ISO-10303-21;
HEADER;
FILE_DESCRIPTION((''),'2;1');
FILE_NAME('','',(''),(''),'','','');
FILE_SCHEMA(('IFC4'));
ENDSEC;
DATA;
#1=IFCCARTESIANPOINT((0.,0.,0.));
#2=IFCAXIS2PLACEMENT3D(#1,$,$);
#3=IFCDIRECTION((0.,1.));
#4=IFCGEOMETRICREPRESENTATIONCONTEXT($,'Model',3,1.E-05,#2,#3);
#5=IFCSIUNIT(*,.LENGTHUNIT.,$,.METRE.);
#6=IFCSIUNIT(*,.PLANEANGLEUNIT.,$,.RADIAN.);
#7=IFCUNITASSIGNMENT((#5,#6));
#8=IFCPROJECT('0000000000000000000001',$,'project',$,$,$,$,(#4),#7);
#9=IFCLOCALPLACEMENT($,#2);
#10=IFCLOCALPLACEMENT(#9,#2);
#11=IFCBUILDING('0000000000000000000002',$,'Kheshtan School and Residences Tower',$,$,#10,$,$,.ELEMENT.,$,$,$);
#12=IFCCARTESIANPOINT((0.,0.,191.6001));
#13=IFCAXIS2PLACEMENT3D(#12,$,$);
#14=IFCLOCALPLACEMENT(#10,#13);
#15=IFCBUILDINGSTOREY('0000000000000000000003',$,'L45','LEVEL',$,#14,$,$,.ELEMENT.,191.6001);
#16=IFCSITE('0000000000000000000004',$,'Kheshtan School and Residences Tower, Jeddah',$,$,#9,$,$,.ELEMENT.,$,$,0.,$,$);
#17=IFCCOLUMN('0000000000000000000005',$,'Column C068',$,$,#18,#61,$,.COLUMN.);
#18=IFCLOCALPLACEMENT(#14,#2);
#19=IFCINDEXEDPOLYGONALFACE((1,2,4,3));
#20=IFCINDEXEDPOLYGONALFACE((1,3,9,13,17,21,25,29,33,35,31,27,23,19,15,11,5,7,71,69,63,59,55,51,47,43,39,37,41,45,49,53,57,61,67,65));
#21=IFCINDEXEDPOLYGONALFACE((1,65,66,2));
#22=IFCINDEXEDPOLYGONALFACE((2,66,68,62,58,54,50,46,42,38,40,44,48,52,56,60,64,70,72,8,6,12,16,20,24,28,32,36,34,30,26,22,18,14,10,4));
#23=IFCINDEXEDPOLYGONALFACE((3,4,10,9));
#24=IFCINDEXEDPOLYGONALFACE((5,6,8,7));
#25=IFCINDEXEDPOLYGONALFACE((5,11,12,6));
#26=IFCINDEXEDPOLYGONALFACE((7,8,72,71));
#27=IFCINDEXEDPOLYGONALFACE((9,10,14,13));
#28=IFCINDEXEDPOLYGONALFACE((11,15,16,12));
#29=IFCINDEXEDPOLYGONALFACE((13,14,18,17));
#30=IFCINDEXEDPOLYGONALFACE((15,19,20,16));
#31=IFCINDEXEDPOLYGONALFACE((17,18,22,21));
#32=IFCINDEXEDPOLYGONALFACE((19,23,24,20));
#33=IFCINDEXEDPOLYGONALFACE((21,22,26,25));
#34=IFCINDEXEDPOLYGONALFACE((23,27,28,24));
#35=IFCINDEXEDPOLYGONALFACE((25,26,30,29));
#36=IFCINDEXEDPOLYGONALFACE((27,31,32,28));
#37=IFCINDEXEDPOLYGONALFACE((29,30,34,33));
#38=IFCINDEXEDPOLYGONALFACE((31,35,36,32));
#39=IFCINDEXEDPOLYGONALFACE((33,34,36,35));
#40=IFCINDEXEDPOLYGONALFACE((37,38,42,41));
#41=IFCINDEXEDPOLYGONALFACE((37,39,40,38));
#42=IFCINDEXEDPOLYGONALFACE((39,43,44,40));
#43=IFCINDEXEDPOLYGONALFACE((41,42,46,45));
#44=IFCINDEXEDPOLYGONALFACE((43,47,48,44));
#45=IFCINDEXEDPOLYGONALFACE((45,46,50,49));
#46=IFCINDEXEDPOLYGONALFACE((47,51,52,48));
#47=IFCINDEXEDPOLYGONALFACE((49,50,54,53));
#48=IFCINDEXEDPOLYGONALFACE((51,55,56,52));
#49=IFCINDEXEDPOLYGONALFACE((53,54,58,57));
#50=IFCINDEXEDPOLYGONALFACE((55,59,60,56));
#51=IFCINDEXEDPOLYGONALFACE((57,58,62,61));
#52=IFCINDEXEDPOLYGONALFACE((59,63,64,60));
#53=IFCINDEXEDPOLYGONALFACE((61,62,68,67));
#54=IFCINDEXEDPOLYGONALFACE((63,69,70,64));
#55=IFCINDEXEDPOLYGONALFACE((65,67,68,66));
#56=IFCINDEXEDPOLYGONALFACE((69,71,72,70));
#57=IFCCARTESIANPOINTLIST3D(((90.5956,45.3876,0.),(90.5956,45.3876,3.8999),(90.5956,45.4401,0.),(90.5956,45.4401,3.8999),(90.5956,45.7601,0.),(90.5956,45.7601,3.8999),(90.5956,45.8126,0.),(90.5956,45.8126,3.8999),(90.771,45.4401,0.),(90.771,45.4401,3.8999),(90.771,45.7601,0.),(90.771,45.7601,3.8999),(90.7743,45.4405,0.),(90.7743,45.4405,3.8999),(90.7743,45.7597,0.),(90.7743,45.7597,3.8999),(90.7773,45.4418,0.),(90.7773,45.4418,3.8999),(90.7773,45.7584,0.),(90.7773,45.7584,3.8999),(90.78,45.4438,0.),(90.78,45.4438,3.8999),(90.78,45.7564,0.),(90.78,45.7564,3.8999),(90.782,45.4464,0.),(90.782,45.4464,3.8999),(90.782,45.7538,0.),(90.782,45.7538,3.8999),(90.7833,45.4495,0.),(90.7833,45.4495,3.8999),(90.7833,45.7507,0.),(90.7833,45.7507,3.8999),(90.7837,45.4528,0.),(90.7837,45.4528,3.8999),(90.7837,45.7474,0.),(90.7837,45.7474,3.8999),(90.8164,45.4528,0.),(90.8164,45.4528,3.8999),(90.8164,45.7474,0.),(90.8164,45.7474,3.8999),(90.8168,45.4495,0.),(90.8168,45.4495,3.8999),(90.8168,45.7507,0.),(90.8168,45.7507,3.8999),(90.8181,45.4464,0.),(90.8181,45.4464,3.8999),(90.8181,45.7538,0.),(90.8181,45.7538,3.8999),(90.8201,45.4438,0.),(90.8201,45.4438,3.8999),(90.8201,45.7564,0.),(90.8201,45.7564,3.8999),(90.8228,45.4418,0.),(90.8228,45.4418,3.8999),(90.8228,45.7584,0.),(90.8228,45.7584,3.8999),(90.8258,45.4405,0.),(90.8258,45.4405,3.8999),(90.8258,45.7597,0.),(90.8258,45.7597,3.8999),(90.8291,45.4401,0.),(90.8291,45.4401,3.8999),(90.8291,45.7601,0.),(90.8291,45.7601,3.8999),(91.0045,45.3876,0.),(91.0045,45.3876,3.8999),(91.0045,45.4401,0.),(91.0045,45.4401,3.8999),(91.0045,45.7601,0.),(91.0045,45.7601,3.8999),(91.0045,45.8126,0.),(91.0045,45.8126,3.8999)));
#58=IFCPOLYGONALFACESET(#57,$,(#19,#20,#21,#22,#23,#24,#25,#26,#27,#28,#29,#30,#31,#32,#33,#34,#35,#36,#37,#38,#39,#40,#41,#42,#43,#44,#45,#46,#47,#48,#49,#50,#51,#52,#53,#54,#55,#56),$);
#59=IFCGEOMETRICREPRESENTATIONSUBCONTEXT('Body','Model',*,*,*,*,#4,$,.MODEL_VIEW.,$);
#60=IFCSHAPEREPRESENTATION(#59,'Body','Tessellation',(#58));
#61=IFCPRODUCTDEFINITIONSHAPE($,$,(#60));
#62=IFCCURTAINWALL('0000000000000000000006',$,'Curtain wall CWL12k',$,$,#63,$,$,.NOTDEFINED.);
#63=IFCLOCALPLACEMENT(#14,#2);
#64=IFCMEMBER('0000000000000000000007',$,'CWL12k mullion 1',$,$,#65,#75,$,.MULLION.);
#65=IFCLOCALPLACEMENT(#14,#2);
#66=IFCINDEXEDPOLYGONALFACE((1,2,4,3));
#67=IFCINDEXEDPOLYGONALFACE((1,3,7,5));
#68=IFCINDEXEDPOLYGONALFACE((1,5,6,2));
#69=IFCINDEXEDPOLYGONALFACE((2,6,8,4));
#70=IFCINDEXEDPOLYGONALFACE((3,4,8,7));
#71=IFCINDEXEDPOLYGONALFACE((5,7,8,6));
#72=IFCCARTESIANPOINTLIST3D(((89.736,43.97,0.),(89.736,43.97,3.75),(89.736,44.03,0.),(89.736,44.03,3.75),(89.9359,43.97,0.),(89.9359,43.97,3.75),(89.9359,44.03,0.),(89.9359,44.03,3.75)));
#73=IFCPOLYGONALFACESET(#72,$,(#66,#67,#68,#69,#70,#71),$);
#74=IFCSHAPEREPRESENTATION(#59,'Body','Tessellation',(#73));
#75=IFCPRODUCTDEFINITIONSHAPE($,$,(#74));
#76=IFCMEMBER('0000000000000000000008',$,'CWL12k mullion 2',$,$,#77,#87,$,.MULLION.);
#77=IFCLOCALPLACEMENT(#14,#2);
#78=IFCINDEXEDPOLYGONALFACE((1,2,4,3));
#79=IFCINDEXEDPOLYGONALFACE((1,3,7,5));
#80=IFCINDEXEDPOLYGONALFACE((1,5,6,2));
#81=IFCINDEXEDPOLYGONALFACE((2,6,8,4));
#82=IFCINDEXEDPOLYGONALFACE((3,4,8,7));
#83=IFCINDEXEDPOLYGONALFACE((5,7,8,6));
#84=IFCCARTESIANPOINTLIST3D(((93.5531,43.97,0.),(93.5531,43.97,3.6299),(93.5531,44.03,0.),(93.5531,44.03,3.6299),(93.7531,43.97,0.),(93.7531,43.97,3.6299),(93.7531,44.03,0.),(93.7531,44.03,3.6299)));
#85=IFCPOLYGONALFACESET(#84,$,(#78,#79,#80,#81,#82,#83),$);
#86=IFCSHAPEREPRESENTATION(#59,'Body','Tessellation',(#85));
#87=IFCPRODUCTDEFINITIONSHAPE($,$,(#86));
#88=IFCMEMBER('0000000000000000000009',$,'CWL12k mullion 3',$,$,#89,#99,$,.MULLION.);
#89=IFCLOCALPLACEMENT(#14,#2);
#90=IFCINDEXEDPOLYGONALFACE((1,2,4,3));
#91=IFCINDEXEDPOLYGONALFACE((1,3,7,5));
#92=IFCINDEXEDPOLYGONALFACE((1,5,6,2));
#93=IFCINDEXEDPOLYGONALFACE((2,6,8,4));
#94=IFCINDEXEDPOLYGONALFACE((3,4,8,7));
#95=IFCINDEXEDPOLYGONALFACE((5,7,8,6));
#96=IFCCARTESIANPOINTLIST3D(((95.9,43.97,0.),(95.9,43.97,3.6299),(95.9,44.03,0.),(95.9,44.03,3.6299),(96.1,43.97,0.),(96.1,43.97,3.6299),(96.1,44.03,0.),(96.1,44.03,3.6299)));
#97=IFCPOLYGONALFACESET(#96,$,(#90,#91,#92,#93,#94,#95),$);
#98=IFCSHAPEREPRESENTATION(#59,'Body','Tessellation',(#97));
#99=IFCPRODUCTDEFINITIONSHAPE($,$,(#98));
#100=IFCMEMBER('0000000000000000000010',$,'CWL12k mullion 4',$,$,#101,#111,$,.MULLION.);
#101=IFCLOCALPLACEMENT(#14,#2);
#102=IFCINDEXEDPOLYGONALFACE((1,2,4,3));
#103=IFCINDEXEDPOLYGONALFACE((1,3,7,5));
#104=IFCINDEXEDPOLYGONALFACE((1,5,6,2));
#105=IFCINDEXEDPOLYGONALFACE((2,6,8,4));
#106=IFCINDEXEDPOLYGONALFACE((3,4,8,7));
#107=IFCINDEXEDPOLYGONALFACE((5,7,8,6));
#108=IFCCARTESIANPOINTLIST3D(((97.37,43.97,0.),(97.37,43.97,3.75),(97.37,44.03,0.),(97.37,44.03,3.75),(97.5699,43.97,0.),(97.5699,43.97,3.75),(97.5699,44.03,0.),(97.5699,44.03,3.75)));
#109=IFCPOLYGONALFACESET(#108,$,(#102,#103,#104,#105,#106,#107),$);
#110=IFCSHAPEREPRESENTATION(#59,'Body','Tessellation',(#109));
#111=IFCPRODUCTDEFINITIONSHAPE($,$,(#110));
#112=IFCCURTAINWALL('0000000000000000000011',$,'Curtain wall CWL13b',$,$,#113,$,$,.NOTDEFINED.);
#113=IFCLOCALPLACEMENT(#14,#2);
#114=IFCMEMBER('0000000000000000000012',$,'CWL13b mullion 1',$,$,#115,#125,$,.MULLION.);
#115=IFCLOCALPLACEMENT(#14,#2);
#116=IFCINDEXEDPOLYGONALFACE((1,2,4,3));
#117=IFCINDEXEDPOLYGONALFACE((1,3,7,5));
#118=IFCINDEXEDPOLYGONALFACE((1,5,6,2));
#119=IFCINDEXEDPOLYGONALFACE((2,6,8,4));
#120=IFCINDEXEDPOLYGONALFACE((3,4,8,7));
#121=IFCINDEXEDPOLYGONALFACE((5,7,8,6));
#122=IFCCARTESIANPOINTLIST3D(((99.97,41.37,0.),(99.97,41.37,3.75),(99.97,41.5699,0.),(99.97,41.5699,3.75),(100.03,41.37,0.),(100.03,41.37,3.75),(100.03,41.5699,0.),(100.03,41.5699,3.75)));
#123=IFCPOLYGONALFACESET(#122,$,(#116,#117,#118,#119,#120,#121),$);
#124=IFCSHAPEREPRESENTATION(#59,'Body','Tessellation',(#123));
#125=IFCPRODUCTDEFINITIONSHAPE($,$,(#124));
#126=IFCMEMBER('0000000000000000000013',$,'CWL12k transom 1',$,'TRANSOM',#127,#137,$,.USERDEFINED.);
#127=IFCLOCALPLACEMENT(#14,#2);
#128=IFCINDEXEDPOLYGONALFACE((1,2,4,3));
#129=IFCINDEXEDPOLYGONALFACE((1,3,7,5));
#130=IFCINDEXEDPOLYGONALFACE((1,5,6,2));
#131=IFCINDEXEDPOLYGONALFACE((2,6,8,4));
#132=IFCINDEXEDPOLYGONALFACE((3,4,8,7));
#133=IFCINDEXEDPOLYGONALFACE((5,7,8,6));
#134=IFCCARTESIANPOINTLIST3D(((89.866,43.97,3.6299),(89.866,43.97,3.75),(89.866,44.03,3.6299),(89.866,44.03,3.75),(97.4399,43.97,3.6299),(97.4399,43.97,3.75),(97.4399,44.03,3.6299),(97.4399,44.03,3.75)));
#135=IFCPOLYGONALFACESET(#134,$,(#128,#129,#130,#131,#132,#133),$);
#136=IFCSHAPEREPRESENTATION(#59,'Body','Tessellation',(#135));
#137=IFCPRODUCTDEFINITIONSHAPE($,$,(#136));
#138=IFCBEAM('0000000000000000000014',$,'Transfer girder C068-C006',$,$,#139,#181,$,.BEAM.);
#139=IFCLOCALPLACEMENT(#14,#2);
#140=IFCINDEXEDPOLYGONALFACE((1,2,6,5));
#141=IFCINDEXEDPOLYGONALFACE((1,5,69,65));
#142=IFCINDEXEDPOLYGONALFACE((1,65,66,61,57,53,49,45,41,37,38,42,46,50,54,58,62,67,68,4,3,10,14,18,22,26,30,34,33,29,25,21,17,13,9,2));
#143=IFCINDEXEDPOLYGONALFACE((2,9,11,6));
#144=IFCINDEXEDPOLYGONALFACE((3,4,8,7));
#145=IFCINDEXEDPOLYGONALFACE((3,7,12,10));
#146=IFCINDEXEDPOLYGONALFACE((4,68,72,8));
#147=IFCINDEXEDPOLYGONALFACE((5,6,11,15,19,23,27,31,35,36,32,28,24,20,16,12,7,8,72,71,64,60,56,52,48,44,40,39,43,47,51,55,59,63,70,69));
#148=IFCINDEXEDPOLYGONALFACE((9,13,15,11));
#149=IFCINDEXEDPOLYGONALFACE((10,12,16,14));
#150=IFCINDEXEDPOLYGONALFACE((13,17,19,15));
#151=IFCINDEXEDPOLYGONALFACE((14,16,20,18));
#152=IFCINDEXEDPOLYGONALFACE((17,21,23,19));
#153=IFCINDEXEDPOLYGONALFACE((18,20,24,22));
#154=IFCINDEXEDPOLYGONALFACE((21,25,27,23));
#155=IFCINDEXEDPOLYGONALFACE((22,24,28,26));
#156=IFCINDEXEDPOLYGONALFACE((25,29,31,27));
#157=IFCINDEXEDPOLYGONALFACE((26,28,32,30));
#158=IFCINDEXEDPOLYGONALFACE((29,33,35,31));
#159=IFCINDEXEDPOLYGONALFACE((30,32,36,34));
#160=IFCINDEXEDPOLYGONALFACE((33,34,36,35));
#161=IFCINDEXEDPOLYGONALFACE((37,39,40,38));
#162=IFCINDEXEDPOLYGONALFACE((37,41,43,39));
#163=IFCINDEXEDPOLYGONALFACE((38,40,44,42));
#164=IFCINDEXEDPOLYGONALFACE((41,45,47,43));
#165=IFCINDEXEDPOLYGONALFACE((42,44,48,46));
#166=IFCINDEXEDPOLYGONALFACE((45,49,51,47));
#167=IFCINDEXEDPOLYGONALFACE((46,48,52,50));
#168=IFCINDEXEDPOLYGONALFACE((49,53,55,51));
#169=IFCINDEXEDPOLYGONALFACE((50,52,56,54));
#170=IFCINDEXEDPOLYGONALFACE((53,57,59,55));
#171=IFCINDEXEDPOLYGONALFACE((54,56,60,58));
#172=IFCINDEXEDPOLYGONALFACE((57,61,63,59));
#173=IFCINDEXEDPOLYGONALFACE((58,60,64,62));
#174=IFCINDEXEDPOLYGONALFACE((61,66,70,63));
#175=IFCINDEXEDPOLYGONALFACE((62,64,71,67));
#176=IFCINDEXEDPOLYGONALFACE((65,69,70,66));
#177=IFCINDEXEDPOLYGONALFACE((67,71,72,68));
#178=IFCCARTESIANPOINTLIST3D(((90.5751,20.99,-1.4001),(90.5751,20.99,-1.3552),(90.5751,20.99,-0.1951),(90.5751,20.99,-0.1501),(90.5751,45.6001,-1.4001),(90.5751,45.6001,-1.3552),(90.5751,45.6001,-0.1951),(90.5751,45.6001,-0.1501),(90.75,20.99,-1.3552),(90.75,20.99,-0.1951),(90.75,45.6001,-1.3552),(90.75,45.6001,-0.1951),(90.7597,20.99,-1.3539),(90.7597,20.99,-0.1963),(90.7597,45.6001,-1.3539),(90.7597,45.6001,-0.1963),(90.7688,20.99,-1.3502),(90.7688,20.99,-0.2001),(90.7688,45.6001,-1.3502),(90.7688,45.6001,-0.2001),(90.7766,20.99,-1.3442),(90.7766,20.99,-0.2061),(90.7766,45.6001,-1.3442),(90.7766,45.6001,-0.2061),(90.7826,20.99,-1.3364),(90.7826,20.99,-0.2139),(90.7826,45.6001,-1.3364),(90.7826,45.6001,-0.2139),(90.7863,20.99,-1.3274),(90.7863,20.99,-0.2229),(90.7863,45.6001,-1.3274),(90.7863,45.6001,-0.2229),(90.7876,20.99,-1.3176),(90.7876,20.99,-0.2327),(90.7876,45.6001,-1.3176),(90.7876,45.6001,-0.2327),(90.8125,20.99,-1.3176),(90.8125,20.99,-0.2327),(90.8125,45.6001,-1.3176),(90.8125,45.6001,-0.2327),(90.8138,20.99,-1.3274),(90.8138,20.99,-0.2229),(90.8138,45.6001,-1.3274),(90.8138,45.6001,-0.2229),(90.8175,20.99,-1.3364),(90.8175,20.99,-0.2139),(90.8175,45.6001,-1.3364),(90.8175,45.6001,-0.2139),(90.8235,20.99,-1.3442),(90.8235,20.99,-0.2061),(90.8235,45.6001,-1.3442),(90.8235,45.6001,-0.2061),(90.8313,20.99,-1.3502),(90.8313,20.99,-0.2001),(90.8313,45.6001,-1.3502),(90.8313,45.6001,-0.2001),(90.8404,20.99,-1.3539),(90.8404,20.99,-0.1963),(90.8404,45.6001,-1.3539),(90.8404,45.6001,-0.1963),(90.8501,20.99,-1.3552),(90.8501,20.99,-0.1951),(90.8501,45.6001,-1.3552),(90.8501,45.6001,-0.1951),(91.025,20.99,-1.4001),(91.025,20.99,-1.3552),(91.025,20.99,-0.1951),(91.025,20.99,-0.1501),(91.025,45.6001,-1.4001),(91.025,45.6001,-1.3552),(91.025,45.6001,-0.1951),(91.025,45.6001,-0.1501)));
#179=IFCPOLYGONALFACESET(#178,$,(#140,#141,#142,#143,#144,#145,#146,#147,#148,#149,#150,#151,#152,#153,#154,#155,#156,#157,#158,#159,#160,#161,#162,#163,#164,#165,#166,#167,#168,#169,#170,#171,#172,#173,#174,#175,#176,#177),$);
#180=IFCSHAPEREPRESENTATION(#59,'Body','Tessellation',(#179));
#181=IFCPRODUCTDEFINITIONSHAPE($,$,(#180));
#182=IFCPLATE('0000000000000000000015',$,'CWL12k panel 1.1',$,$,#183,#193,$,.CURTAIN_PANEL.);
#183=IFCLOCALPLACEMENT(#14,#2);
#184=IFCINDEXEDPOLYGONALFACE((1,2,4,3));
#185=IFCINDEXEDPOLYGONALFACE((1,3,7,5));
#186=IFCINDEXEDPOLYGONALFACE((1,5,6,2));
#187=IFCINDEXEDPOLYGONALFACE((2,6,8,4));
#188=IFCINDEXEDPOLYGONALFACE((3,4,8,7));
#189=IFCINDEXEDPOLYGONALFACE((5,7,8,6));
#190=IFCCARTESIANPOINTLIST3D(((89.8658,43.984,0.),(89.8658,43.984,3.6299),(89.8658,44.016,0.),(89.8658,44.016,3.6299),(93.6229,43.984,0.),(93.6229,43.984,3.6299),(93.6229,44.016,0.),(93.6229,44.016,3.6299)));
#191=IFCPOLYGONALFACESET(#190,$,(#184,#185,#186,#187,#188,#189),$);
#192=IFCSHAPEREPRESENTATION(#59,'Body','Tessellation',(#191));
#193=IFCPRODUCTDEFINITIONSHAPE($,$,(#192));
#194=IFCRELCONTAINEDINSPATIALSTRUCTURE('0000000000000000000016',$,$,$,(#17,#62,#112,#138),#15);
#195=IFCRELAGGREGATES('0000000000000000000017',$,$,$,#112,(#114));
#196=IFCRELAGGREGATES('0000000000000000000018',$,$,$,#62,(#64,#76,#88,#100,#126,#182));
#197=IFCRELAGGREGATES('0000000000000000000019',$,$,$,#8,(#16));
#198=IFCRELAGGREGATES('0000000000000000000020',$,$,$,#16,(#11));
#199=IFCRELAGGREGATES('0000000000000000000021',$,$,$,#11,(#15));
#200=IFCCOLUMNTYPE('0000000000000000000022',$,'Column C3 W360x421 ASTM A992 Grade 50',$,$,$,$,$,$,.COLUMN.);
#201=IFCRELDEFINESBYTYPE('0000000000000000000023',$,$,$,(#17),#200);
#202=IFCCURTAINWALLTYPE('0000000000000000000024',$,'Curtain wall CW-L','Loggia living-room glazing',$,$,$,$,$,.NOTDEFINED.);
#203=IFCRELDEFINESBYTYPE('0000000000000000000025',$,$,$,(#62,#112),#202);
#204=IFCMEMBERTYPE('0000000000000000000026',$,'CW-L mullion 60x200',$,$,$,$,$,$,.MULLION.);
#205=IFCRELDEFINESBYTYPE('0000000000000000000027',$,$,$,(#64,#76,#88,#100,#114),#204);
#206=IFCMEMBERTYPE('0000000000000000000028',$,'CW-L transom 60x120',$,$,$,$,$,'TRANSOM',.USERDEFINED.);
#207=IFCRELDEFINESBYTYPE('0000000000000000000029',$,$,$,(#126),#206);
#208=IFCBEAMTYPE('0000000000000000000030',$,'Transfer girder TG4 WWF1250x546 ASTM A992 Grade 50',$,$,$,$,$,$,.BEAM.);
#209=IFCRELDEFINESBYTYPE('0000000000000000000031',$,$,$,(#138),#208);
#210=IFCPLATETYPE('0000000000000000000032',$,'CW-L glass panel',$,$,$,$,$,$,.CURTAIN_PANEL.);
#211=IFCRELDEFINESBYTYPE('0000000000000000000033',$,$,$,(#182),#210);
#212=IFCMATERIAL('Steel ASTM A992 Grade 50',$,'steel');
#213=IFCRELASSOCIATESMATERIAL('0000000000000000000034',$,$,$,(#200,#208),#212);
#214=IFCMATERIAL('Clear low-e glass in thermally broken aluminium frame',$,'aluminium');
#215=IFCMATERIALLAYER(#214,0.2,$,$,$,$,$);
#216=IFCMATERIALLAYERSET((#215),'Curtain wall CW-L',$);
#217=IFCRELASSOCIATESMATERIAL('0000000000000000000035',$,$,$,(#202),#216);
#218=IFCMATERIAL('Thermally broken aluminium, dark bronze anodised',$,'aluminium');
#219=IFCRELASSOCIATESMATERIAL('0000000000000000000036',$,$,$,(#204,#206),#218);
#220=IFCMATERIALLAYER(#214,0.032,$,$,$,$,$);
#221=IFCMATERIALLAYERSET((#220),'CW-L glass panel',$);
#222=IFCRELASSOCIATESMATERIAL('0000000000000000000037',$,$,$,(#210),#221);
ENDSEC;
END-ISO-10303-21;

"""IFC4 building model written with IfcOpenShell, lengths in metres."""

from ifc_helpers import new_model, si_unit, direction, frame, origin, origin_2d, place, context, subcontext, project, spatial, rectangle, i_section, extrude, material, layer, layer_set, material_profile, profile_set, type_object, element, aggregate, save


model = new_model("IFC4")

# Units and contexts
model_context = context("Model", 3, precision=1e-05, world=origin(), true_north=direction((0.0, 1.0)))
body_context = subcontext(model_context, "Body", "Model", "MODEL_VIEW")
ifc_project = project(units=[si_unit("LENGTHUNIT", "METRE"), si_unit("PLANEANGLEUNIT", "RADIAN")], contexts=[model_context])

# Site, building, storey
site_placement = place(None, origin())
site = spatial("IfcSite", under=ifc_project, at=site_placement, Name="Kheshtan School and Residences Tower, Jeddah", CompositionType="ELEMENT", RefElevation=0.0)
building_placement = place(site_placement, origin())
building = spatial("IfcBuilding", under=site, at=building_placement, Name="Kheshtan School and Residences Tower", CompositionType="ELEMENT")
storey_placement = place(building_placement, frame((0.0, 0.0, 191.6001)))
storey = spatial("IfcBuildingStorey", under=building, at=storey_placement, Name="L45", Description="LEVEL", CompositionType="ELEMENT", Elevation=191.6001)

# Column
ifc_material_1 = material(Name="Steel ASTM A992 Grade 50", Category="steel")
ifc_material_profile_1 = material_profile(ifc_material_1, i_section(OverallWidth=0.4089, OverallDepth=0.425, WebThickness=0.0327, FlangeThickness=0.0525, FilletRadius=0.0127, at=origin_2d()), Name="W360x421")
ifc_profile_set_1 = profile_set([ifc_material_profile_1], Name="Steel ASTM A992 Grade 50")
column_type = type_object("IfcColumnType", Name="Column C3 W360x421 ASTM A992 Grade 50", PredefinedType="COLUMN", material=ifc_profile_set_1)
column_placement = place(storey_placement, frame((90.8, 45.6001, 0.0), z_axis=(0.0, 0.0, 1.0), x_axis=(1.0, 0.0, 0.0)))
element("IfcColumn", 1, at=column_placement, inside=storey, type_object=column_type, Name="Column C068", PredefinedType="COLUMN", context=body_context, shape_type="SweptSolid", body=[
    extrude(i_section(OverallWidth=0.4089, OverallDepth=0.425, WebThickness=0.0327, FlangeThickness=0.0525, FilletRadius=0.0127, at=origin_2d()), origin(), (0.0, 0.0, 1.0), 3.8999),
])

# Curtain wall, members
ifc_material_2 = material(Name="Clear low-e glass in thermally broken aluminium frame", Category="aluminium")
ifc_layer_1 = layer(ifc_material_2, 0.2)
ifc_layer_set_1 = layer_set([ifc_layer_1], Name="Curtain wall CW-L")
curtain_wall_type = type_object("IfcCurtainWallType", Name="Curtain wall CW-L", Description="Loggia living-room glazing", PredefinedType="NOTDEFINED", material=ifc_layer_set_1)
curtain_wall_1_placement = place(storey_placement, origin())
curtain_wall_1 = element("IfcCurtainWall", 2, at=curtain_wall_1_placement, inside=storey, type_object=curtain_wall_type, Name="Curtain wall CWL12k", PredefinedType="NOTDEFINED")
ifc_material_3 = material(Name="Thermally broken aluminium, dark bronze anodised", Category="aluminium")
ifc_material_profile_2 = material_profile(ifc_material_3, rectangle(XDim=0.0601, YDim=0.2, at=origin_2d()), Name="CW-L mullion 60x200")
ifc_profile_set_2 = profile_set([ifc_material_profile_2], Name="Thermally broken aluminium, dark bronze anodised")
member_type_1 = type_object("IfcMemberType", Name="CW-L mullion 60x200", PredefinedType="MULLION", material=ifc_profile_set_2)
member_1_placement = place(storey_placement, frame((89.8359, 44.0, 0.0), z_axis=(0.0, 0.0, 1.0), x_axis=(0.0, 1.0, 0.0)))
member_1 = element("IfcMember", 3, at=member_1_placement, type_object=member_type_1, Name="CWL12k mullion 1", PredefinedType="MULLION", context=body_context, shape_type="SweptSolid", body=[
    extrude(rectangle(XDim=0.0601, YDim=0.2, at=origin_2d()), origin(), (0.0, 0.0, 1.0), 3.75),
])
member_2_placement = place(storey_placement, frame((93.6531, 44.0, 0.0), z_axis=(0.0, 0.0, 1.0), x_axis=(0.0, 1.0, 0.0)))
member_2 = element("IfcMember", 4, at=member_2_placement, type_object=member_type_1, Name="CWL12k mullion 2", PredefinedType="MULLION", context=body_context, shape_type="SweptSolid", body=[
    extrude(rectangle(XDim=0.0601, YDim=0.2, at=origin_2d()), origin(), (0.0, 0.0, 1.0), 3.6299),
])
member_3_placement = place(storey_placement, frame((96.0, 44.0, 0.0), z_axis=(0.0, 0.0, 1.0), x_axis=(0.0, 1.0, 0.0)))
member_3 = element("IfcMember", 5, at=member_3_placement, type_object=member_type_1, Name="CWL12k mullion 3", PredefinedType="MULLION", context=body_context, shape_type="SweptSolid", body=[
    extrude(rectangle(XDim=0.0601, YDim=0.2, at=origin_2d()), origin(), (0.0, 0.0, 1.0), 3.6299),
])
member_4_placement = place(storey_placement, frame((97.47, 44.0, 0.0), z_axis=(0.0, 0.0, 1.0), x_axis=(0.0, 1.0, 0.0)))
member_4 = element("IfcMember", 6, at=member_4_placement, type_object=member_type_1, Name="CWL12k mullion 4", PredefinedType="MULLION", context=body_context, shape_type="SweptSolid", body=[
    extrude(rectangle(XDim=0.0601, YDim=0.2, at=origin_2d()), origin(), (0.0, 0.0, 1.0), 3.75),
])

# Curtain wall, member
curtain_wall_2_placement = place(storey_placement, origin())
curtain_wall_2 = element("IfcCurtainWall", 7, at=curtain_wall_2_placement, inside=storey, type_object=curtain_wall_type, Name="Curtain wall CWL13b", PredefinedType="NOTDEFINED")
member_5_placement = place(storey_placement, frame((100.0, 41.47, 0.0), z_axis=(0.0, 0.0, 1.0), x_axis=(1.0, 0.0, 0.0)))
member_5 = element("IfcMember", 8, at=member_5_placement, type_object=member_type_1, Name="CWL13b mullion 1", PredefinedType="MULLION", context=body_context, shape_type="SweptSolid", body=[
    extrude(rectangle(XDim=0.0601, YDim=0.2, at=origin_2d()), origin(), (0.0, 0.0, 1.0), 3.75),
])
aggregate(curtain_wall_2, [member_5])

# Member
ifc_material_profile_3 = material_profile(ifc_material_3, rectangle(XDim=0.0601, YDim=0.1201, at=origin_2d()), Name="CW-L transom 60x120")
ifc_profile_set_3 = profile_set([ifc_material_profile_3], Name="Thermally broken aluminium, dark bronze anodised")
member_type_2 = type_object("IfcMemberType", Name="CW-L transom 60x120", ElementType="TRANSOM", PredefinedType="USERDEFINED", material=ifc_profile_set_3)
member_6_placement = place(storey_placement, frame((89.866, 44.0, 3.6899), z_axis=(1.0, 0.0, 0.0), x_axis=(0.0, 1.0, 0.0)))
member_6 = element("IfcMember", 9, at=member_6_placement, type_object=member_type_2, Name="CWL12k transom 1", ObjectType="TRANSOM", PredefinedType="USERDEFINED", context=body_context, shape_type="SweptSolid", body=[
    extrude(rectangle(XDim=0.0601, YDim=0.1201, at=origin_2d()), origin(), (0.0, 0.0, 1.0), 7.574),
])

# Beam
ifc_material_profile_4 = material_profile(ifc_material_1, i_section(OverallWidth=0.45, OverallDepth=1.25, WebThickness=0.0249, FlangeThickness=0.0449, FilletRadius=0.0376, at=origin_2d()), Name="WWF1250x546")
ifc_profile_set_4 = profile_set([ifc_material_profile_4], Name="Steel ASTM A992 Grade 50")
beam_type = type_object("IfcBeamType", Name="Transfer girder TG4 WWF1250x546 ASTM A992 Grade 50", PredefinedType="BEAM", material=ifc_profile_set_4)
beam_placement = place(storey_placement, frame((90.8, 45.6001, -0.7751), z_axis=(0.0, -1.0, 0.0), x_axis=(1.0, 0.0, 0.0)))
element("IfcBeam", 10, at=beam_placement, inside=storey, type_object=beam_type, Name="Transfer girder C068-C006", PredefinedType="BEAM", context=body_context, shape_type="SweptSolid", body=[
    extrude(i_section(OverallWidth=0.45, OverallDepth=1.25, WebThickness=0.0249, FlangeThickness=0.0449, FilletRadius=0.0376, at=origin_2d()), origin(), (0.0, 0.0, 1.0), 24.6101),
])

# Plate
ifc_layer_2 = layer(ifc_material_2, 0.032)
ifc_layer_set_2 = layer_set([ifc_layer_2], Name="CW-L glass panel")
plate_type = type_object("IfcPlateType", Name="CW-L glass panel", PredefinedType="CURTAIN_PANEL", material=ifc_layer_set_2)
plate_1_placement = place(storey_placement, frame((91.7444, 44.0, 0.0), z_axis=(0.0, 0.0, 1.0), x_axis=(1.0, 0.0, 0.0)))
plate_1 = element("IfcPlate", 11, at=plate_1_placement, type_object=plate_type, Name="CWL12k panel 1.1", PredefinedType="CURTAIN_PANEL", context=body_context, shape_type="SweptSolid", body=[
    extrude(rectangle(XDim=3.7571, YDim=0.032, at=origin_2d()), origin(), (0.0, 0.0, 1.0), 3.6299),
])
aggregate(curtain_wall_1, [member_1, member_2, member_3, member_4, member_6, plate_1])

save(model, "model.ifc")
